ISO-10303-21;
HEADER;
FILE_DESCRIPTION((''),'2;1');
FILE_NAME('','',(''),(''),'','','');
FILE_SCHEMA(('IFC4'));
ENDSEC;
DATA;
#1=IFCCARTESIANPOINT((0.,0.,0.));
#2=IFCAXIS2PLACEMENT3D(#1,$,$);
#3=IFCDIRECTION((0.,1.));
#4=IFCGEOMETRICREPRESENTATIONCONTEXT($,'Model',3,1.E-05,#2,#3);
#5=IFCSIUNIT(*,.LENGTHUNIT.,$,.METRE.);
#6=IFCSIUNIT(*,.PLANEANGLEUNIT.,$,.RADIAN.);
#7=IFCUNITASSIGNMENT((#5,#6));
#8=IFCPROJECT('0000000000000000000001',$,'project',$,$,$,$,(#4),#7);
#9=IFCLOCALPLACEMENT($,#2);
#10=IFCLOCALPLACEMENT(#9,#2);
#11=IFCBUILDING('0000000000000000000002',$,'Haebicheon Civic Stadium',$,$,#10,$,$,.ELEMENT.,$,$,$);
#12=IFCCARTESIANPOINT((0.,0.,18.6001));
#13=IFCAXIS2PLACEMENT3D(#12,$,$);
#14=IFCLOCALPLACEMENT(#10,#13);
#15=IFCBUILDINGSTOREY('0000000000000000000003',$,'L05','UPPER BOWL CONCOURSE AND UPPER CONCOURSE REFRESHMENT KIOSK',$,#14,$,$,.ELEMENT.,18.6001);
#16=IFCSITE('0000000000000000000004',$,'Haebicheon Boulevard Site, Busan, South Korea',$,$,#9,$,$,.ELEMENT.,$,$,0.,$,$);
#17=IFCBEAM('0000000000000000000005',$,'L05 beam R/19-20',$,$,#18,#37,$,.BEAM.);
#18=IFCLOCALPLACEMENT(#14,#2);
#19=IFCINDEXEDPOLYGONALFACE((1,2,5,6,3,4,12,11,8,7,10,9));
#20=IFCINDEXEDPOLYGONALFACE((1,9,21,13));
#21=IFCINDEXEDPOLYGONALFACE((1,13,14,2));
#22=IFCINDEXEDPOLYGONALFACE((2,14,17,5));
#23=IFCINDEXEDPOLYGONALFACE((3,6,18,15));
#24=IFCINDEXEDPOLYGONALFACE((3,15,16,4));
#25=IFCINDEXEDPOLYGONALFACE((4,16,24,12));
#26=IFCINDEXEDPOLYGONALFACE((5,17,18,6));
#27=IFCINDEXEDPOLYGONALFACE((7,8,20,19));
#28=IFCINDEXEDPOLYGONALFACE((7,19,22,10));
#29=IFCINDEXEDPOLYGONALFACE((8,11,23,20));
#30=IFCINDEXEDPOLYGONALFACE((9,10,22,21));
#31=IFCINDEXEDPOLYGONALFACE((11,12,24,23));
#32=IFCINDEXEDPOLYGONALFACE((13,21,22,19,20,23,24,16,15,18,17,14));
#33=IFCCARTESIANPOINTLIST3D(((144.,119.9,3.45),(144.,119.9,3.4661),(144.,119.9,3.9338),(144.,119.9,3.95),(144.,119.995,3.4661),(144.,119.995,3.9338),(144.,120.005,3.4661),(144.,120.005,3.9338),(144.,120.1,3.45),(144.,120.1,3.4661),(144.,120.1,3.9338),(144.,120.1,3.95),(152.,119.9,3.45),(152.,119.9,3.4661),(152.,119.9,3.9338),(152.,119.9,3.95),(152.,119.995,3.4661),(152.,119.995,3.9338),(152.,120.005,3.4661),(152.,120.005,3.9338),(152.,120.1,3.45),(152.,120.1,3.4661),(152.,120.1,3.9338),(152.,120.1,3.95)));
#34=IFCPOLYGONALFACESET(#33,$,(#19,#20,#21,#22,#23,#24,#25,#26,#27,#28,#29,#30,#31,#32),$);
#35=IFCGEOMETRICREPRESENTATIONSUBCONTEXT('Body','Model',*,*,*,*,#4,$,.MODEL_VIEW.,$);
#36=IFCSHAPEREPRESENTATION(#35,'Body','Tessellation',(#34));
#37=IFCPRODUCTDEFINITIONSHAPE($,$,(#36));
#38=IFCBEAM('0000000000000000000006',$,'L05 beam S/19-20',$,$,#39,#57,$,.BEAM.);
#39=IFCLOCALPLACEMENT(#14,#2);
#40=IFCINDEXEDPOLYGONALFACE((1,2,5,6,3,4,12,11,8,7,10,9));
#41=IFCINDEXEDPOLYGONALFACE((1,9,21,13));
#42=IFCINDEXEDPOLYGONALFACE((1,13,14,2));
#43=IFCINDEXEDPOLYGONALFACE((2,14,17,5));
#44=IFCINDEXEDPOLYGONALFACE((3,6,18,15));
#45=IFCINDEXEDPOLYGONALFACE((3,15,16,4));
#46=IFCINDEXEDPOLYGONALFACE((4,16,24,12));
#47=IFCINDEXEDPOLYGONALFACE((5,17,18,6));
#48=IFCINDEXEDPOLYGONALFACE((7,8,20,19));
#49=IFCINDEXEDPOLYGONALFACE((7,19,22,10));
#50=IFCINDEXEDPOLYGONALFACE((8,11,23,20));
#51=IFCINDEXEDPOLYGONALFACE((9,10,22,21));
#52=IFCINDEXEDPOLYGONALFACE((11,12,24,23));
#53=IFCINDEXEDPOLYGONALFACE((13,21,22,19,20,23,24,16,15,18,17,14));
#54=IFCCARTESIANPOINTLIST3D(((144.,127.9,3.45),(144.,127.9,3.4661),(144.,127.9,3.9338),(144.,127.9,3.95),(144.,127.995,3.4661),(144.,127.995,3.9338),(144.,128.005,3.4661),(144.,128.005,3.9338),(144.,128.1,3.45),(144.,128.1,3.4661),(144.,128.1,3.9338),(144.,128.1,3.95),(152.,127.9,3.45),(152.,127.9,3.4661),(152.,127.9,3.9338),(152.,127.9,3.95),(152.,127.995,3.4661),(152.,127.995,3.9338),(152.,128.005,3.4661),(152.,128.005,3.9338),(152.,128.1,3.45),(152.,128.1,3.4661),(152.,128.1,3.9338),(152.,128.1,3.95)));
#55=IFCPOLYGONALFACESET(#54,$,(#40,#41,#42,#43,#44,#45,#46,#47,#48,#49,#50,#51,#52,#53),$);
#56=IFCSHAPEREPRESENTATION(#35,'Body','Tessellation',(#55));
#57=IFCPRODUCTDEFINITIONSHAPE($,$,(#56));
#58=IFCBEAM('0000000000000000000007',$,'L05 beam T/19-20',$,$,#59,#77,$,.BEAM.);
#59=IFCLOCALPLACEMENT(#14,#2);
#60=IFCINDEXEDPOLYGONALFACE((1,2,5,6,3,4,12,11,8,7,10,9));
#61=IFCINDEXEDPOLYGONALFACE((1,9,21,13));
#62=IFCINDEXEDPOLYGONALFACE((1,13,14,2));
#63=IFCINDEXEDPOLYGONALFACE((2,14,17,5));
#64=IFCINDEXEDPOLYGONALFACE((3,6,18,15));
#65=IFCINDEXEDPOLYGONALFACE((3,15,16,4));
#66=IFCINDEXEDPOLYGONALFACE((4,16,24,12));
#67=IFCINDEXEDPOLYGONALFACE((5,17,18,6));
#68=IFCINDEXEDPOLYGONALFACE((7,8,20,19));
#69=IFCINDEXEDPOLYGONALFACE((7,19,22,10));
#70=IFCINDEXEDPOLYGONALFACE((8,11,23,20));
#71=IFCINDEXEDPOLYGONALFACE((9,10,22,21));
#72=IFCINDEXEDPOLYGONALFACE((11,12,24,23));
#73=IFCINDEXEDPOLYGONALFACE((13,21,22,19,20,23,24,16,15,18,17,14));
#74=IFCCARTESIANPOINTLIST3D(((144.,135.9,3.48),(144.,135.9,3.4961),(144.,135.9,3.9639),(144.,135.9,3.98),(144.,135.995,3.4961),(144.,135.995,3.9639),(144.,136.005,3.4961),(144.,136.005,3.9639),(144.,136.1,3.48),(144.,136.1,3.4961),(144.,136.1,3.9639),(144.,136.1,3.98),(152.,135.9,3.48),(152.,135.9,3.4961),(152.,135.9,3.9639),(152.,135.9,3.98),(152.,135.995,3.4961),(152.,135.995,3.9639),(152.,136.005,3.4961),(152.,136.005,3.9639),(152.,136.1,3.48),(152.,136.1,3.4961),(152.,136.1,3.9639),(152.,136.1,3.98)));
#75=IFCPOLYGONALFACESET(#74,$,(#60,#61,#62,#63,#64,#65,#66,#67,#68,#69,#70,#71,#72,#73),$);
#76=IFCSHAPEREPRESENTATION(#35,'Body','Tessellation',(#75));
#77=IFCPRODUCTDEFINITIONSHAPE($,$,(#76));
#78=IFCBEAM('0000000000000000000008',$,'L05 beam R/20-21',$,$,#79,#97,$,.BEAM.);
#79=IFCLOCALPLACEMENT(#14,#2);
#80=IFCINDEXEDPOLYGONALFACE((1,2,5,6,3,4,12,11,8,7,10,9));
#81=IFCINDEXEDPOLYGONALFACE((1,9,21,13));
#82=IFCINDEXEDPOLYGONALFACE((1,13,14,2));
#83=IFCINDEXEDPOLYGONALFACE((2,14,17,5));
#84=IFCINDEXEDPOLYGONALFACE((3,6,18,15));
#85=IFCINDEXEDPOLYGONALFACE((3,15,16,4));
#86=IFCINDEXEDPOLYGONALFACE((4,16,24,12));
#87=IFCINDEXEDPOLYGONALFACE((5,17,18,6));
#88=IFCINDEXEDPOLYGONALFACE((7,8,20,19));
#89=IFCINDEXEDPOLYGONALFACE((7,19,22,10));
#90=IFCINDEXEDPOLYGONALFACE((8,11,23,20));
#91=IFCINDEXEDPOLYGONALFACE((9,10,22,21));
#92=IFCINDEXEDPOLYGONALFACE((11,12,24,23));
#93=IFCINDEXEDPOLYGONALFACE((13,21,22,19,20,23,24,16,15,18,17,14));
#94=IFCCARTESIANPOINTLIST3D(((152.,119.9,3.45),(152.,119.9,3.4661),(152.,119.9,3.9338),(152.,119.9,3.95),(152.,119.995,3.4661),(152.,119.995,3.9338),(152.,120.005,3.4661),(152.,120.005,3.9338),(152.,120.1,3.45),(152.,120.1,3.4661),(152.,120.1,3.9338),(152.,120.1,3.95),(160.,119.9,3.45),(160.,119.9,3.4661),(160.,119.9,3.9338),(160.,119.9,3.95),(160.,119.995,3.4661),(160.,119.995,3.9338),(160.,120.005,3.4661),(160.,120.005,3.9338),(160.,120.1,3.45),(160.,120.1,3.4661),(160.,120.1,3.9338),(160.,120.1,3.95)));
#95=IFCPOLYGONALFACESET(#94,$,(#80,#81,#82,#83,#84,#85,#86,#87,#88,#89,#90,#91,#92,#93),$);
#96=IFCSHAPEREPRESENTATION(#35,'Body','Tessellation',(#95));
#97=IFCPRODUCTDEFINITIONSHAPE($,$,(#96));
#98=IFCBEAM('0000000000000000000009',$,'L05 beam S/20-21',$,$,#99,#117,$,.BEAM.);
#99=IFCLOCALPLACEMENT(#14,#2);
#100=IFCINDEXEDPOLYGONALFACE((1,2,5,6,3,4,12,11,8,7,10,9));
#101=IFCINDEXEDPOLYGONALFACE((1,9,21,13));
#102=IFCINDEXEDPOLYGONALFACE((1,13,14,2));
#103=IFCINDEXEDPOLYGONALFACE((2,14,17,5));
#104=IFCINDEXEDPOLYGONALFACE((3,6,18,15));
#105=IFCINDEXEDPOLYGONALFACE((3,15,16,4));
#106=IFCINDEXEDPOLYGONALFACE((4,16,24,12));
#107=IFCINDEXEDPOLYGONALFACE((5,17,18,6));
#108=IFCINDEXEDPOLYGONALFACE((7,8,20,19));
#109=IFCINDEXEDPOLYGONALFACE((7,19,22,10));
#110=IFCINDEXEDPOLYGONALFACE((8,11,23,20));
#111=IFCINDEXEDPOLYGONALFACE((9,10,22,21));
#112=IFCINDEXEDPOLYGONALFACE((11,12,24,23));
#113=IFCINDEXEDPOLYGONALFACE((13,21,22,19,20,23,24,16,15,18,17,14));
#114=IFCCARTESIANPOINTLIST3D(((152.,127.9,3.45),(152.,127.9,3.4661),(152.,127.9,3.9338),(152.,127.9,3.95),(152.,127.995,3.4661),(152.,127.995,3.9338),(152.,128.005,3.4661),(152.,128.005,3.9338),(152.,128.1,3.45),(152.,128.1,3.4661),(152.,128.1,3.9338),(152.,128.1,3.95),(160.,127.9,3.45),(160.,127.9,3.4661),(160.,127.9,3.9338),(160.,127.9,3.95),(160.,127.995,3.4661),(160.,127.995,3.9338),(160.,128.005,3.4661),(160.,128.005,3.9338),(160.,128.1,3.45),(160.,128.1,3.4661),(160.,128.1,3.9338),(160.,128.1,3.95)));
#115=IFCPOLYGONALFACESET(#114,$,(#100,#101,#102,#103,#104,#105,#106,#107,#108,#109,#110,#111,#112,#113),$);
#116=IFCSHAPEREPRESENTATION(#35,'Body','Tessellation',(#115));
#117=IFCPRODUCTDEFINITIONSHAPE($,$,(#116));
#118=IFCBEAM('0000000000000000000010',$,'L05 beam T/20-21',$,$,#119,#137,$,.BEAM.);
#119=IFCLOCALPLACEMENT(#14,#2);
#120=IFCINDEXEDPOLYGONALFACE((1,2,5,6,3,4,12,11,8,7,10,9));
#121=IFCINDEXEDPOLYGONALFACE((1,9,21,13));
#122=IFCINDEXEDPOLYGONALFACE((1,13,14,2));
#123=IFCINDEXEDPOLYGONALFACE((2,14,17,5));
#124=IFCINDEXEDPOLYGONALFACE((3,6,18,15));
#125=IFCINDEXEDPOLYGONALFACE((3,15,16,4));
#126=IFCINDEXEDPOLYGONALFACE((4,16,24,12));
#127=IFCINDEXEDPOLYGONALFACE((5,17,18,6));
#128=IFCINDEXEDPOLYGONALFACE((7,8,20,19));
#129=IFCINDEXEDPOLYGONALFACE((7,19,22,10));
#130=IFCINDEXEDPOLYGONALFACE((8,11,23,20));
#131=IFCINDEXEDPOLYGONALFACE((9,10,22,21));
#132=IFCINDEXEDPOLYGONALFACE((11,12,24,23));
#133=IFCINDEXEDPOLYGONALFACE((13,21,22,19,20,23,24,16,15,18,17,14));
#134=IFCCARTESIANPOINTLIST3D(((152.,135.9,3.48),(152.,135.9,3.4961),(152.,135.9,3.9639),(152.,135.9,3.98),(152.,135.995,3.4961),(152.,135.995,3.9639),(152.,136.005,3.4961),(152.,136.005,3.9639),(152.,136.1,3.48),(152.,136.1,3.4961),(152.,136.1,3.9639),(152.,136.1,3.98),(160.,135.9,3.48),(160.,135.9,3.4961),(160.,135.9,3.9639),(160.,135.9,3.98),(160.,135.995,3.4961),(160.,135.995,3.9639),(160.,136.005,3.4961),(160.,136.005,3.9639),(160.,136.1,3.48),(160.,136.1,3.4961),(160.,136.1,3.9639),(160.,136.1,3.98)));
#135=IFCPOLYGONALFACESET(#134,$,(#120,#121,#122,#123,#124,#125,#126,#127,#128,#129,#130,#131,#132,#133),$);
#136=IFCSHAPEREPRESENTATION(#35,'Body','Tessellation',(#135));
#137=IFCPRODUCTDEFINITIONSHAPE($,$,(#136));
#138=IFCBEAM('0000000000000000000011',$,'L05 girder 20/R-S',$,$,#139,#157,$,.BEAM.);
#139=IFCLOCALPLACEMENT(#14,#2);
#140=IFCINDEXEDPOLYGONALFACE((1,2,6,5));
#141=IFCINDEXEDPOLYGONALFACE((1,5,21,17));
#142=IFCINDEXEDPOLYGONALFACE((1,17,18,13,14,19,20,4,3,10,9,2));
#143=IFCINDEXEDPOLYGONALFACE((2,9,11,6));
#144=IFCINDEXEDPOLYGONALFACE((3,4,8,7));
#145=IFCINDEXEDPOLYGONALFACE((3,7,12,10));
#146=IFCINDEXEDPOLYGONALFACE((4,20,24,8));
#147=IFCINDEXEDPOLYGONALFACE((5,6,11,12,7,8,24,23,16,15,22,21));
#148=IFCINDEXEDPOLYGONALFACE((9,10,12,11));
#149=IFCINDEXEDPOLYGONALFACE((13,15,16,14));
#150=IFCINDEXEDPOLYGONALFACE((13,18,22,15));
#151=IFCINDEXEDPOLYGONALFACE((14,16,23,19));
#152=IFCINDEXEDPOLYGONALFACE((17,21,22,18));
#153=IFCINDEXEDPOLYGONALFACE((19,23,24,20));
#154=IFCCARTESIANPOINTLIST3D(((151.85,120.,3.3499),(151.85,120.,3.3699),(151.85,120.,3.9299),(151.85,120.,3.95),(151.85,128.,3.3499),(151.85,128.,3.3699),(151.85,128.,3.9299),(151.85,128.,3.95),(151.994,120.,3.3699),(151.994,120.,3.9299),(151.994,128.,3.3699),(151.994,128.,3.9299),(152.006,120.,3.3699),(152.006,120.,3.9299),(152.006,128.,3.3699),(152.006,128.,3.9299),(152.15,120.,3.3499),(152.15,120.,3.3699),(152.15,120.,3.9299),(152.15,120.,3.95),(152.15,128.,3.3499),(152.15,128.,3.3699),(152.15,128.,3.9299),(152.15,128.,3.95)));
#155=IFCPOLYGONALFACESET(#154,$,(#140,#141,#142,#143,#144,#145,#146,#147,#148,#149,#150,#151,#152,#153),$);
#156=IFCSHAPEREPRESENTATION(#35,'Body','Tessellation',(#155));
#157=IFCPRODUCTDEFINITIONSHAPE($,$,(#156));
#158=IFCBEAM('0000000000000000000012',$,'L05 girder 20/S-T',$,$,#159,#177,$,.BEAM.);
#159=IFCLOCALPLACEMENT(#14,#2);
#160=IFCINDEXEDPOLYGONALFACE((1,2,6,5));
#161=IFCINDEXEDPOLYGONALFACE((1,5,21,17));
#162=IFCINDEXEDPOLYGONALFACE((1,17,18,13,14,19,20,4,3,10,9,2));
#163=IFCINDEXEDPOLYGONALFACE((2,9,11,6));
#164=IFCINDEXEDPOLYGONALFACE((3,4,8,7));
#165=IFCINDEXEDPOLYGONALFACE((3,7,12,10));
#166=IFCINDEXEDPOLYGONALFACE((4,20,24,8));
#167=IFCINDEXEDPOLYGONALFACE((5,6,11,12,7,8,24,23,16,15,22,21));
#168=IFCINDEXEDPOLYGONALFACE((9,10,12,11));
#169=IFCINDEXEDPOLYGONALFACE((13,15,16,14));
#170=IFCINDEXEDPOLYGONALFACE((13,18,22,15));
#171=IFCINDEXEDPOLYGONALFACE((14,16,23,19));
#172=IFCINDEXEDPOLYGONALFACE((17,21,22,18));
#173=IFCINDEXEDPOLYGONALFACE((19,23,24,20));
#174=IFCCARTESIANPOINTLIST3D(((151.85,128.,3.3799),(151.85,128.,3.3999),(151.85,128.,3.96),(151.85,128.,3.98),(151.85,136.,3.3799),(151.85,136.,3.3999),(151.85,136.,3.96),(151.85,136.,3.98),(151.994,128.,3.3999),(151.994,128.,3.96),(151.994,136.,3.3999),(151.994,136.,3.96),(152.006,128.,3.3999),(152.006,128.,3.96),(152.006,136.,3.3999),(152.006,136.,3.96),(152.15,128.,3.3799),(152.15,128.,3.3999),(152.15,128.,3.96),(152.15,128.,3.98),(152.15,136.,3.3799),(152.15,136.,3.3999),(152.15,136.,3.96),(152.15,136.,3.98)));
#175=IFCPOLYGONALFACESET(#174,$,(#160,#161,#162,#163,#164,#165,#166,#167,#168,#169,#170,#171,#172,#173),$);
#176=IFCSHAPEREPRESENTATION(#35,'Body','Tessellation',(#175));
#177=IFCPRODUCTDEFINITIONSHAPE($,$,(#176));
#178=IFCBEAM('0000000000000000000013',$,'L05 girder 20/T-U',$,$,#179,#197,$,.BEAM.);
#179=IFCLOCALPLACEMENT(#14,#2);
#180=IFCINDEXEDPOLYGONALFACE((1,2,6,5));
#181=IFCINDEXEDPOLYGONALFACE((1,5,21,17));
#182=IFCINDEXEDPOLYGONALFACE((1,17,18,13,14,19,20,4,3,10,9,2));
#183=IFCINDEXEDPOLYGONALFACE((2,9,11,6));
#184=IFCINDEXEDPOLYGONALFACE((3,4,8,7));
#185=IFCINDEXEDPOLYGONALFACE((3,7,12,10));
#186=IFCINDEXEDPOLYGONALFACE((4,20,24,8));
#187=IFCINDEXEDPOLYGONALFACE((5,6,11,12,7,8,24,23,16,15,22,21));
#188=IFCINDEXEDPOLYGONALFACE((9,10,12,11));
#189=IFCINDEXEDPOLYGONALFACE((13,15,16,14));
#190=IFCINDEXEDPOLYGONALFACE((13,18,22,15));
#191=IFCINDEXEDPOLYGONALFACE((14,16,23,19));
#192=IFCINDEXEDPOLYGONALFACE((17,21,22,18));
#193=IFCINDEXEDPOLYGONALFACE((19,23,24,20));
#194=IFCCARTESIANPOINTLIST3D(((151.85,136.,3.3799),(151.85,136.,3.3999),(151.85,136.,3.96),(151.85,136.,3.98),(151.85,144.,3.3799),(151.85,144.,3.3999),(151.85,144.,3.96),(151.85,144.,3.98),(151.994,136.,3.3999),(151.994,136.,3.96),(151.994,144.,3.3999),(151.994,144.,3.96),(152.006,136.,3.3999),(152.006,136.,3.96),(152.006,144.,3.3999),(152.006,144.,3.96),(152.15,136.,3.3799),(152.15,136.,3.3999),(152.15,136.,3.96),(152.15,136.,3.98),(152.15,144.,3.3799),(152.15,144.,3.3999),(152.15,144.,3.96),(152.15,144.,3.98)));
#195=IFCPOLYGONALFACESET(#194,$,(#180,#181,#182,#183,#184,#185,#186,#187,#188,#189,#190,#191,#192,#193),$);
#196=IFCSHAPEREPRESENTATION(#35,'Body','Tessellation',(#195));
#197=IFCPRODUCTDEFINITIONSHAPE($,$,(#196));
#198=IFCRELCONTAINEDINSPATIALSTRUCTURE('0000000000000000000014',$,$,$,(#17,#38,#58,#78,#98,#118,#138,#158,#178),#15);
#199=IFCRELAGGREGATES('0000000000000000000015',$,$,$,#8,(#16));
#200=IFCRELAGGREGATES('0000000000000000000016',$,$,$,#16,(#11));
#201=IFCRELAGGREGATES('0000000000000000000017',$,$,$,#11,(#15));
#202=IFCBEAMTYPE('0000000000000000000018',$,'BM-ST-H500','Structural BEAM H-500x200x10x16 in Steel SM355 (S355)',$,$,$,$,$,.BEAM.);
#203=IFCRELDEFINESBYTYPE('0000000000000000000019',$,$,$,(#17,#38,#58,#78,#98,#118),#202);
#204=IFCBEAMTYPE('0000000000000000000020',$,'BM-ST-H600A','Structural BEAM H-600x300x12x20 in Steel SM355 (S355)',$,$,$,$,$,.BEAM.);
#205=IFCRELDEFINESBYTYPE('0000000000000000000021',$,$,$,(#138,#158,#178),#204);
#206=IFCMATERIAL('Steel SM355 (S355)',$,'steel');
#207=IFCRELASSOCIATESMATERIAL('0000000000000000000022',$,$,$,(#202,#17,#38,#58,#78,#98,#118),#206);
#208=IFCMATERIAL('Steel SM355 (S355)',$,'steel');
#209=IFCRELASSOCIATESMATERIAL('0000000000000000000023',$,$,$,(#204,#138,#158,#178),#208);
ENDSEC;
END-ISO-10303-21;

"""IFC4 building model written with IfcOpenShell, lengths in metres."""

from ifc_helpers import new_model, si_unit, direction, frame, origin, origin_2d, place, context, subcontext, project, spatial, i_section, extrude, material, material_profile, profile_set, type_object, element, save


model = new_model("IFC4")

# Units and contexts
model_context = context("Model", 3, precision=1e-05, world=origin(), true_north=direction((0.0, 1.0)))
body_context = subcontext(model_context, "Body", "Model", "MODEL_VIEW")
ifc_project = project(units=[si_unit("LENGTHUNIT", "METRE"), si_unit("PLANEANGLEUNIT", "RADIAN")], contexts=[model_context])

# Site, building, storey
site_placement = place(None, origin())
site = spatial("IfcSite", under=ifc_project, at=site_placement, Name="Haebicheon Boulevard Site, Busan, South Korea", CompositionType="ELEMENT", RefElevation=0.0)
building_placement = place(site_placement, origin())
building = spatial("IfcBuilding", under=site, at=building_placement, Name="Haebicheon Civic Stadium", CompositionType="ELEMENT")
storey_placement = place(building_placement, frame((0.0, 0.0, 18.6001)))
storey = spatial("IfcBuildingStorey", under=building, at=storey_placement, Name="L05", Description="UPPER BOWL CONCOURSE AND UPPER CONCOURSE REFRESHMENT KIOSK", CompositionType="ELEMENT", Elevation=18.6001)

# Beams
ifc_material_1 = material(Name="Steel SM355 (S355)", Category="steel")
ifc_material_profile_1 = material_profile(ifc_material_1, i_section(OverallWidth=0.2, OverallDepth=0.5, WebThickness=0.01, FlangeThickness=0.0161, at=origin_2d()), Name="H-500x200x10x16")
ifc_profile_set_1 = profile_set([ifc_material_profile_1], Name="Steel SM355 (S355)")
beam_type_1 = type_object("IfcBeamType", Name="BM-ST-H500", Description="Structural BEAM H-500x200x10x16 in Steel SM355 (S355)", PredefinedType="BEAM", material=ifc_profile_set_1)
for number, where, z_axis, x_axis, name in (
    (1, (144.0, 120.0, 3.7), (1.0, 0.0, 0.0), (0.0, 1.0, 0.0), "L05 beam R/19-20"),
    (2, (144.0, 128.0, 3.7), (1.0, 0.0, 0.0), (0.0, 1.0, 0.0), "L05 beam S/19-20"),
    (3, (144.0, 136.0, 3.73), (1.0, 0.0, 0.0), (0.0, 1.0, 0.0), "L05 beam T/19-20"),
    (4, (152.0, 120.0, 3.7), (1.0, 0.0, 0.0), (0.0, 1.0, 0.0), "L05 beam R/20-21"),
    (5, (152.0, 128.0, 3.7), (1.0, 0.0, 0.0), (0.0, 1.0, 0.0), "L05 beam S/20-21"),
    (6, (152.0, 136.0, 3.73), (1.0, 0.0, 0.0), (0.0, 1.0, 0.0), "L05 beam T/20-21"),
):
    element("IfcBeam", number, at=place(storey_placement, frame(where, z_axis=z_axis, x_axis=x_axis)), inside=storey, type_object=beam_type_1, material=ifc_profile_set_1, Name=name, PredefinedType="BEAM", context=body_context, shape_type="SweptSolid", body=[
        extrude(i_section(OverallWidth=0.2, OverallDepth=0.5, WebThickness=0.01, FlangeThickness=0.0161, at=origin_2d()), origin(), (0.0, 0.0, 1.0), 8.0),
    ])
ifc_material_2 = material(Name="Steel SM355 (S355)", Category="steel")
ifc_material_profile_2 = material_profile(ifc_material_2, i_section(OverallWidth=0.3, OverallDepth=0.6001, WebThickness=0.012, FlangeThickness=0.02, at=origin_2d()), Name="H-600x300x12x20")
ifc_profile_set_2 = profile_set([ifc_material_profile_2], Name="Steel SM355 (S355)")
beam_type_2 = type_object("IfcBeamType", Name="BM-ST-H600A", Description="Structural BEAM H-600x300x12x20 in Steel SM355 (S355)", PredefinedType="BEAM", material=ifc_profile_set_2)
for number, where, z_axis, x_axis, name in (
    (7, (152.0, 120.0, 3.6499), (0.0, 1.0, 0.0), (-1.0, 0.0, 0.0), "L05 girder 20/R-S"),
    (8, (152.0, 128.0, 3.6799), (0.0, 1.0, 0.0), (-1.0, 0.0, 0.0), "L05 girder 20/S-T"),
    (9, (152.0, 136.0, 3.6799), (0.0, 1.0, 0.0), (-1.0, 0.0, 0.0), "L05 girder 20/T-U"),
):
    element("IfcBeam", number, at=place(storey_placement, frame(where, z_axis=z_axis, x_axis=x_axis)), inside=storey, type_object=beam_type_2, material=ifc_profile_set_2, Name=name, PredefinedType="BEAM", context=body_context, shape_type="SweptSolid", body=[
        extrude(i_section(OverallWidth=0.3, OverallDepth=0.6001, WebThickness=0.012, FlangeThickness=0.02, at=origin_2d()), origin(), (0.0, 0.0, 1.0), 8.0),
    ])

save(model, "model.ifc")
